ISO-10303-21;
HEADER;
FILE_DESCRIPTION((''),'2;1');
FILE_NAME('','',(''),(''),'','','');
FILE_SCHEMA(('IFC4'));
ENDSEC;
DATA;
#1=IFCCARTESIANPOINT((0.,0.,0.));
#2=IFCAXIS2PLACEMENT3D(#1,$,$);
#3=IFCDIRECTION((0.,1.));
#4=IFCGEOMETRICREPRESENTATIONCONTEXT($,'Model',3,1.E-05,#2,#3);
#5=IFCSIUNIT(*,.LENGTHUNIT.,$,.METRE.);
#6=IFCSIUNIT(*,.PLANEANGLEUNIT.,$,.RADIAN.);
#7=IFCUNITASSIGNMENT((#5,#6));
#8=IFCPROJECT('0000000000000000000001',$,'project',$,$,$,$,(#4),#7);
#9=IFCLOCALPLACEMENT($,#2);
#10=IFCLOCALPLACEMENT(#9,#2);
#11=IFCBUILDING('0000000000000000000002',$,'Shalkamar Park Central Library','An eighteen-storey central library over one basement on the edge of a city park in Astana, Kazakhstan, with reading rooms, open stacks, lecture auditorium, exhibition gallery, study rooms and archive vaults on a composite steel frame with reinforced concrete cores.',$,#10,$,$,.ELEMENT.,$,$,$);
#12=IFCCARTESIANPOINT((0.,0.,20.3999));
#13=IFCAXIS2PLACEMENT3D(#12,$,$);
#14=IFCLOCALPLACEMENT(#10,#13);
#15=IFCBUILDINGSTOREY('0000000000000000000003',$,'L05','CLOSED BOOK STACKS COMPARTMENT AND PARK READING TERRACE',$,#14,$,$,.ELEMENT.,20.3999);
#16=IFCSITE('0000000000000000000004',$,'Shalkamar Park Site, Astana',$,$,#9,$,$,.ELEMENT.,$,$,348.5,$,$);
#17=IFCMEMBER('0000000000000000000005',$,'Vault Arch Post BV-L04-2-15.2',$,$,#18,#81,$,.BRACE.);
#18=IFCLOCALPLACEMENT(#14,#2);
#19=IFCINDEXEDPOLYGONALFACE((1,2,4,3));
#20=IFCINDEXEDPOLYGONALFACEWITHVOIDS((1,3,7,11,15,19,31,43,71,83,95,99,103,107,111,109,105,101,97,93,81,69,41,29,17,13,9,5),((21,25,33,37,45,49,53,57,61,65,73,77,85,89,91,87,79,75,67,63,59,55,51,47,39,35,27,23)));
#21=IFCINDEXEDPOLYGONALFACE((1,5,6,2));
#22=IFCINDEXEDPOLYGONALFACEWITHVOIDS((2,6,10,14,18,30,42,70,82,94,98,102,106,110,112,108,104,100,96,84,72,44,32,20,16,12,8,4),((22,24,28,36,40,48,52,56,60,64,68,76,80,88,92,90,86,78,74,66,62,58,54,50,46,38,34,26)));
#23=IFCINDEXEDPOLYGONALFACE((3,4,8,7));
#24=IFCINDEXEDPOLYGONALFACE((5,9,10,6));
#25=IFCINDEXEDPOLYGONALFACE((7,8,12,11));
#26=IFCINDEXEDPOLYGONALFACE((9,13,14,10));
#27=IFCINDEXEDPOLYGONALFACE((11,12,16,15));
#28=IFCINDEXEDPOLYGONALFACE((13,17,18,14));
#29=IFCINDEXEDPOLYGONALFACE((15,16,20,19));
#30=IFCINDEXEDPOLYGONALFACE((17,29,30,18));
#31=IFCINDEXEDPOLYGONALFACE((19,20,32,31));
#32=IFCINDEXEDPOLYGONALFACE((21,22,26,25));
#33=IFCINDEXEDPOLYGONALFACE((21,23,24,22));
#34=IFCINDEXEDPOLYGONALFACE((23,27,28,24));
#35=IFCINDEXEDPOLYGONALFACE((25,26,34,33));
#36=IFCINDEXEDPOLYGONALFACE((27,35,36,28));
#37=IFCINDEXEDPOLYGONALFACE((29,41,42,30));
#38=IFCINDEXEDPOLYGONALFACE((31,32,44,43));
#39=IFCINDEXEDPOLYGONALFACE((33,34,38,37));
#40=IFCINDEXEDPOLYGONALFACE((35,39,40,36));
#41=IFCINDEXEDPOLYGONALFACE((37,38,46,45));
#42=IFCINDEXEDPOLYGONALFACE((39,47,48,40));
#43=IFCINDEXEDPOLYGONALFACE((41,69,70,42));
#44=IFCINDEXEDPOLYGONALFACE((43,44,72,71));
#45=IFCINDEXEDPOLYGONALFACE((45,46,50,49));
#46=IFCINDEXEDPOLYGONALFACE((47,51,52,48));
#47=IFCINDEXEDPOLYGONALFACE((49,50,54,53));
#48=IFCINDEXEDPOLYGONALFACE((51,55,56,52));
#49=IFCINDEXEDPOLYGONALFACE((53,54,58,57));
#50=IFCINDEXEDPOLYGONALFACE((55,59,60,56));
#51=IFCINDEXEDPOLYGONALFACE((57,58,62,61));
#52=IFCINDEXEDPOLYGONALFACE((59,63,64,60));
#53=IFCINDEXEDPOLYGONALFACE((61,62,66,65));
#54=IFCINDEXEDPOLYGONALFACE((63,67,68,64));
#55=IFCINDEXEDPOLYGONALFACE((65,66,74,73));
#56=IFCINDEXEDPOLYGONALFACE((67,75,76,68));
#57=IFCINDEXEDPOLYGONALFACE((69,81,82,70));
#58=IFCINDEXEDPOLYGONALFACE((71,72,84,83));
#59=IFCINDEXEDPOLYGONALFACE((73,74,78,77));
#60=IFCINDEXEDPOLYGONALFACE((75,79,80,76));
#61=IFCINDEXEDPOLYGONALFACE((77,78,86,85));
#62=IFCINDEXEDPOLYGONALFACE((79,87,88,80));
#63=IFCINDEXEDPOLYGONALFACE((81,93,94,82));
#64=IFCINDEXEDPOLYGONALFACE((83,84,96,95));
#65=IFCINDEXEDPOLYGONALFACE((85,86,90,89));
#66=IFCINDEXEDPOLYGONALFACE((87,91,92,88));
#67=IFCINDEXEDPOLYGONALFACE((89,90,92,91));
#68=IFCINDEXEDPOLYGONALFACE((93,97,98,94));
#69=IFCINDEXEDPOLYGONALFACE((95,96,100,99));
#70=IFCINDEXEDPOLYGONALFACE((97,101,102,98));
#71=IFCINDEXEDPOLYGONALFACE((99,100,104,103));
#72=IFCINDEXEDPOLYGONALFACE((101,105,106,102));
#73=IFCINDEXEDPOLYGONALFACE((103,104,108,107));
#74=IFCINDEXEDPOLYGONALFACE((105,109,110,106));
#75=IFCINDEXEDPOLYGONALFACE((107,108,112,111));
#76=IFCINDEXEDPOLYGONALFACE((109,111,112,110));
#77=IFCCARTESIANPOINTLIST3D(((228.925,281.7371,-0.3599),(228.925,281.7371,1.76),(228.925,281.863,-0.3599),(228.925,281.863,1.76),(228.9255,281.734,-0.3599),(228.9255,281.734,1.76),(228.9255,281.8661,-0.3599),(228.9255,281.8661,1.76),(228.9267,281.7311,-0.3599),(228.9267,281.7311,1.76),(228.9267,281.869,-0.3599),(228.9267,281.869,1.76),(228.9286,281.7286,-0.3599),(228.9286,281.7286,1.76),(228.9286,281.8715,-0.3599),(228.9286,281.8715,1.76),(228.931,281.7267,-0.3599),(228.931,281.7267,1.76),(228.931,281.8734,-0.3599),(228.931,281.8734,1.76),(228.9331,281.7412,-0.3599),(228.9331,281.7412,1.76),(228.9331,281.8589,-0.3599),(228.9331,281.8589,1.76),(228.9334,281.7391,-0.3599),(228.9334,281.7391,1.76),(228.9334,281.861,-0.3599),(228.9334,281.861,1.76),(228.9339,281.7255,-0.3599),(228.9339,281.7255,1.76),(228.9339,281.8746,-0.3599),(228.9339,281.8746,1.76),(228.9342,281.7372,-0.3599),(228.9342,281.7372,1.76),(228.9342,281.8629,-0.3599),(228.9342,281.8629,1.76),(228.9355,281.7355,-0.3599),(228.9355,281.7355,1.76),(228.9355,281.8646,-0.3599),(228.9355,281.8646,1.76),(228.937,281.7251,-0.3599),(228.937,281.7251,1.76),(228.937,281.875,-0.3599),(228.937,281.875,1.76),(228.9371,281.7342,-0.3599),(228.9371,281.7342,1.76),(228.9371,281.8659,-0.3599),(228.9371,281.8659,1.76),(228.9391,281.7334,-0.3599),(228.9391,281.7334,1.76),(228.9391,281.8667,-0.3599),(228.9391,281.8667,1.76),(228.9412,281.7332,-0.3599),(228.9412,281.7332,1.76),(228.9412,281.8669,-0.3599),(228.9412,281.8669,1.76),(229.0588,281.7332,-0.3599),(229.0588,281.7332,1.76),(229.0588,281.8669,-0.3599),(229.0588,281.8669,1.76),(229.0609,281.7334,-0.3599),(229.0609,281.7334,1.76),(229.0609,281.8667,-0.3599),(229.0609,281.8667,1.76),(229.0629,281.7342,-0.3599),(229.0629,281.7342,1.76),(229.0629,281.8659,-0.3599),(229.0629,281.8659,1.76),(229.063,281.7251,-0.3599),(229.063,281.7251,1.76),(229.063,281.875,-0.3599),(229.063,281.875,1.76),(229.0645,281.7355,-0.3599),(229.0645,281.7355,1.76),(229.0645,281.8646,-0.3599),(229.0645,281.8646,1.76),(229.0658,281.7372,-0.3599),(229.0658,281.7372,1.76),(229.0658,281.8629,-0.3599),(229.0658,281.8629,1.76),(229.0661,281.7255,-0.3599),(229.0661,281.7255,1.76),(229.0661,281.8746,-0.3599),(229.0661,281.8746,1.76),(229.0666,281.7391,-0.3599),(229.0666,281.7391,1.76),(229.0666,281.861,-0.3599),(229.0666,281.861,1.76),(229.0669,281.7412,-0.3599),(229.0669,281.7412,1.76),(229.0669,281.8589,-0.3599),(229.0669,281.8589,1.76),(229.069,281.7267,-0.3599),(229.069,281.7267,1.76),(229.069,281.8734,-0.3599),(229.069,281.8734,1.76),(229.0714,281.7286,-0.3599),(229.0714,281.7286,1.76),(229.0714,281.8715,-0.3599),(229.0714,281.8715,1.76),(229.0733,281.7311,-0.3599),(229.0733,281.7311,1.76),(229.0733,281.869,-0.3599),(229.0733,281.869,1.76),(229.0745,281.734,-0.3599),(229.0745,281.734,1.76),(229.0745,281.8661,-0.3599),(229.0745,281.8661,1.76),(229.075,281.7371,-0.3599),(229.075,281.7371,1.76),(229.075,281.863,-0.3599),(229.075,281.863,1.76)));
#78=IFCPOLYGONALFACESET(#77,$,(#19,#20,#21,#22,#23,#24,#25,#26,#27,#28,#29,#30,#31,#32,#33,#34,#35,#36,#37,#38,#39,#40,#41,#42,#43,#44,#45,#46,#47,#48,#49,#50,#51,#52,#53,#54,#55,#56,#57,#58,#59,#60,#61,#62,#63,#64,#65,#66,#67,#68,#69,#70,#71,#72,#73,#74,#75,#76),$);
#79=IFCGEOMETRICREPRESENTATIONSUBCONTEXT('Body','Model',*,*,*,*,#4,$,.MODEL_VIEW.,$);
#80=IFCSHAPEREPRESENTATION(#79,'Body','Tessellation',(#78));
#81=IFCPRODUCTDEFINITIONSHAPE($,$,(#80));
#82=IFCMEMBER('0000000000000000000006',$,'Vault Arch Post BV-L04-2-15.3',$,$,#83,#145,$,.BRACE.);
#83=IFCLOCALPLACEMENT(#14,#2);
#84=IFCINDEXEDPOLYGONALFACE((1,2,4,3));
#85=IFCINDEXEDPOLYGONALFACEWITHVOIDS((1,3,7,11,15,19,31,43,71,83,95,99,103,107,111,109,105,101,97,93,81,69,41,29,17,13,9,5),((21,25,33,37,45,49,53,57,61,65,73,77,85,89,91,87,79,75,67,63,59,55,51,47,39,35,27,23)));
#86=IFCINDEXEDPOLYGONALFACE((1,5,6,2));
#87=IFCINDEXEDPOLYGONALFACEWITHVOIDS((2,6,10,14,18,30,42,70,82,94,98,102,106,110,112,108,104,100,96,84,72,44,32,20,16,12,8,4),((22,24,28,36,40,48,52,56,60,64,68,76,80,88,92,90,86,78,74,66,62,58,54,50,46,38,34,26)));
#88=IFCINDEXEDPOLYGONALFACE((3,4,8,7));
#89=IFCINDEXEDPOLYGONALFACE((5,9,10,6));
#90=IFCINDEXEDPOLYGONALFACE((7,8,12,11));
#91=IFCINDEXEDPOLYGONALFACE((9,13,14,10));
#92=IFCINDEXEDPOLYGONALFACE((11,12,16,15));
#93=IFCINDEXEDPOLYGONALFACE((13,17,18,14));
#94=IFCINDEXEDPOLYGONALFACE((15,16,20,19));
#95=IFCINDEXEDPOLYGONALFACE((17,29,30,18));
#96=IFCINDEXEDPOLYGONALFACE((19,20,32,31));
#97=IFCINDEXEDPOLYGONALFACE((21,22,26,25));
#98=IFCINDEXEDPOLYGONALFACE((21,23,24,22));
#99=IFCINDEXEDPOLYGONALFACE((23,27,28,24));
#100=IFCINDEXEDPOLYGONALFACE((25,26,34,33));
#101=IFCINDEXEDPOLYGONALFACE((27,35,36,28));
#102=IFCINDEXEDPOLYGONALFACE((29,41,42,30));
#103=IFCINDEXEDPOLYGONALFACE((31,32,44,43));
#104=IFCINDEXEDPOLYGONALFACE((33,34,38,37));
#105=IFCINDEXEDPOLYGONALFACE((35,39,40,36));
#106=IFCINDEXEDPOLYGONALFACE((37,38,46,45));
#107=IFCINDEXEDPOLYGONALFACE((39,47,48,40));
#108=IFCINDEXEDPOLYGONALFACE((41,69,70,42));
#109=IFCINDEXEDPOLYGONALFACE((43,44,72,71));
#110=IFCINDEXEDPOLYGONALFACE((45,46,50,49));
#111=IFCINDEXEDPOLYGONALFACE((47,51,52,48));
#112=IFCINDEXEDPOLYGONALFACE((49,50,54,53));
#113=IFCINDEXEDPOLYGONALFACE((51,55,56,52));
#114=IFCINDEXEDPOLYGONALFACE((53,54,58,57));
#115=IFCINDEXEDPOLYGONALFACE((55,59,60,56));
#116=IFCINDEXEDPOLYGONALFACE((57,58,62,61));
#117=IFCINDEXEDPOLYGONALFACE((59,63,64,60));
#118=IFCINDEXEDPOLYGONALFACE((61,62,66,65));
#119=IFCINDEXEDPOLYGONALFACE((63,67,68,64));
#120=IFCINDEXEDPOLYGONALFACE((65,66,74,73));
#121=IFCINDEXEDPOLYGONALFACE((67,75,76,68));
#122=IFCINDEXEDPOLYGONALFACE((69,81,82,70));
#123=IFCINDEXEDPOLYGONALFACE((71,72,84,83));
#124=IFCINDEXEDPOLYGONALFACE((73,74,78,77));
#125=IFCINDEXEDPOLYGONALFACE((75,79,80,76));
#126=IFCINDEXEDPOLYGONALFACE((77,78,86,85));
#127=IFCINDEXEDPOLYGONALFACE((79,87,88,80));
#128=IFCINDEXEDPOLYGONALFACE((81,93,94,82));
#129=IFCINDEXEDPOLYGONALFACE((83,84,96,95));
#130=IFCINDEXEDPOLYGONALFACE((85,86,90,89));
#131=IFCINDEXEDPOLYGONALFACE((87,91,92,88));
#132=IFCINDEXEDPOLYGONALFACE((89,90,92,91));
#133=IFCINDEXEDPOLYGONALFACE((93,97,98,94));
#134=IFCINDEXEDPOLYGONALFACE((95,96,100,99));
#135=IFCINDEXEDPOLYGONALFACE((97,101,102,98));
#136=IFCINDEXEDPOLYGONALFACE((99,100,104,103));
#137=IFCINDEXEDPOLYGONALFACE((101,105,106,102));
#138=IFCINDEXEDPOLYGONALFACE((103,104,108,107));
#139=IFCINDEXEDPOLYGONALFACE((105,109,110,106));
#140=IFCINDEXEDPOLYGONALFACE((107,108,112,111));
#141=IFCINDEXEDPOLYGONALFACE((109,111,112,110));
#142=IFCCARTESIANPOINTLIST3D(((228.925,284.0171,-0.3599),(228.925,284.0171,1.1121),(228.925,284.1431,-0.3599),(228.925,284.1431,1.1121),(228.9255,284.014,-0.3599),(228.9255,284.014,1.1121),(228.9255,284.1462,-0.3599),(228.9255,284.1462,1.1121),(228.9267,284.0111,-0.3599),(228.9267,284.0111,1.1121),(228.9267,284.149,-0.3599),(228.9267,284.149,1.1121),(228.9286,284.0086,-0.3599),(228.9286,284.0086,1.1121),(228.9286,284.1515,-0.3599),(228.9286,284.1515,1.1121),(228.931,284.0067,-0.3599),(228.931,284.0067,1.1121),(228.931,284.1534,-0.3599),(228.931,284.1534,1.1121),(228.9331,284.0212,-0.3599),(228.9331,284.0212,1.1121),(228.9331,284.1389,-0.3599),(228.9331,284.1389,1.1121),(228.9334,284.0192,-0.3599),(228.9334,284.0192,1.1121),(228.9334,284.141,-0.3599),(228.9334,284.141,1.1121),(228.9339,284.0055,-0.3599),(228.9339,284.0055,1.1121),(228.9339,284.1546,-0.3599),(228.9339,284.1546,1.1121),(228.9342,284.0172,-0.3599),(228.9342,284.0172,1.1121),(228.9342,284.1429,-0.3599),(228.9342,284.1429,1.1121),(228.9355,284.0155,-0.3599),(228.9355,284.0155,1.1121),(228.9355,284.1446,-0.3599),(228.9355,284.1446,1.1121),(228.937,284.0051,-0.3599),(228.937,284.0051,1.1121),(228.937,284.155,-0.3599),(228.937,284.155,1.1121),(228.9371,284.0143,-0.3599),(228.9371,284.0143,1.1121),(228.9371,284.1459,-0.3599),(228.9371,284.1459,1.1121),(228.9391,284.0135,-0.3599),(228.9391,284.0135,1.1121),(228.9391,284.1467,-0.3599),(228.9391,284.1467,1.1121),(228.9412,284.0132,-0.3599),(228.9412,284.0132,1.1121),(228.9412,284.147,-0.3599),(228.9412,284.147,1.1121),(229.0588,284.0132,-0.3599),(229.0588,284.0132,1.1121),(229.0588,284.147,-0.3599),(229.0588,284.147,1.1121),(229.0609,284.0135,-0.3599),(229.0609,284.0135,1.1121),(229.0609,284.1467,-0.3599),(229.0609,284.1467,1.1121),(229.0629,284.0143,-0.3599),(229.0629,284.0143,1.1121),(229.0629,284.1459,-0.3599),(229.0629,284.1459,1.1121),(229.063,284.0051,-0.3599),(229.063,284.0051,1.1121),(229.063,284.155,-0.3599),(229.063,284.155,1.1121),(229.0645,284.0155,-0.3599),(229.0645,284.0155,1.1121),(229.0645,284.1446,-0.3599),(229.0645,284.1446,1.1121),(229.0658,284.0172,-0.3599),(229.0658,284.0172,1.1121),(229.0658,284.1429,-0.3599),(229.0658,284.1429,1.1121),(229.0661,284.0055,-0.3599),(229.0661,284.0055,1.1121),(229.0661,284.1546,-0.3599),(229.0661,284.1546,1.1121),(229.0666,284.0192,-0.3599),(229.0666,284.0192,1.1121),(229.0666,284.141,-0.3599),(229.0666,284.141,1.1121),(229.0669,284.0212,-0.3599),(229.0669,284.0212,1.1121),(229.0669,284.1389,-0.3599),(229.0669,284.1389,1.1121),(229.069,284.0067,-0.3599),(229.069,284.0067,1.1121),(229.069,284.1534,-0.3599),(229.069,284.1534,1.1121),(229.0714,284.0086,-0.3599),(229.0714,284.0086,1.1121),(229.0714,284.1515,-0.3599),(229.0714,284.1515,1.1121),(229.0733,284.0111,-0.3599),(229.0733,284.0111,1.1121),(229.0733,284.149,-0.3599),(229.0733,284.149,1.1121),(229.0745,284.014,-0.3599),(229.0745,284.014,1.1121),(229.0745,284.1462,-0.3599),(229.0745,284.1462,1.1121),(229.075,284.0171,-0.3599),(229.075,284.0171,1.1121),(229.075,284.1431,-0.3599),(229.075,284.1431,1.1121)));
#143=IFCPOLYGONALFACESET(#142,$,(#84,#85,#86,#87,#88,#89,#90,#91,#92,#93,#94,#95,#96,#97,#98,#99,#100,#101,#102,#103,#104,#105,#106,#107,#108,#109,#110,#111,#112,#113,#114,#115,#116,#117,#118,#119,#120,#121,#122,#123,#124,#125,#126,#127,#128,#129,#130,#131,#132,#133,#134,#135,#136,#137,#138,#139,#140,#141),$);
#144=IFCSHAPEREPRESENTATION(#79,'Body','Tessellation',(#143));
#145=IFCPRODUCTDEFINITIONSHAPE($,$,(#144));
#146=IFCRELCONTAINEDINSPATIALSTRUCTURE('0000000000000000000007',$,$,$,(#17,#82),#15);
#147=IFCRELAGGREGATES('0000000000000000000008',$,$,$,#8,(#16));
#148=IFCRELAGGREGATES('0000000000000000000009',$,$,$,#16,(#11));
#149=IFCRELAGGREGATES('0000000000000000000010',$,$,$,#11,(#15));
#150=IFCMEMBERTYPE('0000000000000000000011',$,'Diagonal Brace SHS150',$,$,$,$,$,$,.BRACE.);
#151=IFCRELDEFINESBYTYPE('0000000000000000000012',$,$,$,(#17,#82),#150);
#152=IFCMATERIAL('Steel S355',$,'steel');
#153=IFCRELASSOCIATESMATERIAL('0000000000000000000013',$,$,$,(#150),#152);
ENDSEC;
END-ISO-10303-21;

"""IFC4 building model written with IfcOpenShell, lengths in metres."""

from ifc_helpers import new_model, si_unit, direction, frame, origin, origin_2d, place, context, subcontext, project, spatial, hollow_rectangle, extrude, material, material_profile, profile_set, type_object, element, save


model = new_model("IFC4")

# Units and contexts
model_context = context("Model", 3, precision=1e-05, world=origin(), true_north=direction((0.0, 1.0)))
body_context = subcontext(model_context, "Body", "Model", "MODEL_VIEW")
ifc_project = project(units=[si_unit("LENGTHUNIT", "METRE"), si_unit("PLANEANGLEUNIT", "RADIAN")], contexts=[model_context])

# Site, building, storey
site_placement = place(None, origin())
site = spatial("IfcSite", under=ifc_project, at=site_placement, Name="Shalkamar Park Site, Astana", CompositionType="ELEMENT", RefElevation=348.5)
building_placement = place(site_placement, origin())
building = spatial("IfcBuilding", under=site, at=building_placement, Name="Shalkamar Park Central Library", Description="An eighteen-storey central library over one basement on the edge of a city park in Astana, Kazakhstan, with reading rooms, open stacks, lecture auditorium, exhibition gallery, study rooms and archive vaults on a composite steel frame with reinforced concrete cores.", CompositionType="ELEMENT")
storey_placement = place(building_placement, frame((0.0, 0.0, 20.3999)))
storey = spatial("IfcBuildingStorey", under=building, at=storey_placement, Name="L05", Description="CLOSED BOOK STACKS COMPARTMENT AND PARK READING TERRACE", CompositionType="ELEMENT", Elevation=20.3999)

# Members
ifc_material_1 = material(Name="Steel S355", Category="steel")
ifc_material_profile_1 = material_profile(ifc_material_1, hollow_rectangle(XDim=0.1499, YDim=0.1499, WallThickness=0.0081, InnerFilletRadius=0.0081, OuterFilletRadius=0.012, at=origin_2d()), Name="SHS 150x150x8")
ifc_profile_set_1 = profile_set([ifc_material_profile_1], Name="Steel S355")
member_type_1 = type_object("IfcMemberType", Name="Diagonal Brace SHS150", PredefinedType="BRACE", material=ifc_profile_set_1)
member_1_placement = place(storey_placement, frame((229.0, 281.8, -0.3599), z_axis=(0.0, 0.0, 1.0), x_axis=(1.0, 0.0, 0.0)))
element("IfcMember", 1, at=member_1_placement, inside=storey, type_object=member_type_1, Name="Vault Arch Post BV-L04-2-15.2", PredefinedType="BRACE", context=body_context, shape_type="SweptSolid", body=[
    extrude(hollow_rectangle(XDim=0.1499, YDim=0.1499, WallThickness=0.0081, InnerFilletRadius=0.0081, OuterFilletRadius=0.012, at=origin_2d()), origin(), (0.0, 0.0, 1.0), 2.1199),
])
for number, where, z_axis, x_axis, name in (
    (2, (229.0, 284.0801, -0.3599), (0.0, 0.0, 1.0), (1.0, 0.0, 0.0), "Vault Arch Post BV-L04-2-15.3"),
):
    element("IfcMember", number, at=place(storey_placement, frame(where, z_axis=z_axis, x_axis=x_axis)), inside=storey, type_object=member_type_1, Name=name, PredefinedType="BRACE", context=body_context, shape_type="SweptSolid", body=[
        extrude(hollow_rectangle(XDim=0.1499, YDim=0.1499, WallThickness=0.0081, InnerFilletRadius=0.0081, OuterFilletRadius=0.012, at=origin_2d()), origin(), (0.0, 0.0, 1.0), 1.4719),
    ])

save(model, "model.ifc")
